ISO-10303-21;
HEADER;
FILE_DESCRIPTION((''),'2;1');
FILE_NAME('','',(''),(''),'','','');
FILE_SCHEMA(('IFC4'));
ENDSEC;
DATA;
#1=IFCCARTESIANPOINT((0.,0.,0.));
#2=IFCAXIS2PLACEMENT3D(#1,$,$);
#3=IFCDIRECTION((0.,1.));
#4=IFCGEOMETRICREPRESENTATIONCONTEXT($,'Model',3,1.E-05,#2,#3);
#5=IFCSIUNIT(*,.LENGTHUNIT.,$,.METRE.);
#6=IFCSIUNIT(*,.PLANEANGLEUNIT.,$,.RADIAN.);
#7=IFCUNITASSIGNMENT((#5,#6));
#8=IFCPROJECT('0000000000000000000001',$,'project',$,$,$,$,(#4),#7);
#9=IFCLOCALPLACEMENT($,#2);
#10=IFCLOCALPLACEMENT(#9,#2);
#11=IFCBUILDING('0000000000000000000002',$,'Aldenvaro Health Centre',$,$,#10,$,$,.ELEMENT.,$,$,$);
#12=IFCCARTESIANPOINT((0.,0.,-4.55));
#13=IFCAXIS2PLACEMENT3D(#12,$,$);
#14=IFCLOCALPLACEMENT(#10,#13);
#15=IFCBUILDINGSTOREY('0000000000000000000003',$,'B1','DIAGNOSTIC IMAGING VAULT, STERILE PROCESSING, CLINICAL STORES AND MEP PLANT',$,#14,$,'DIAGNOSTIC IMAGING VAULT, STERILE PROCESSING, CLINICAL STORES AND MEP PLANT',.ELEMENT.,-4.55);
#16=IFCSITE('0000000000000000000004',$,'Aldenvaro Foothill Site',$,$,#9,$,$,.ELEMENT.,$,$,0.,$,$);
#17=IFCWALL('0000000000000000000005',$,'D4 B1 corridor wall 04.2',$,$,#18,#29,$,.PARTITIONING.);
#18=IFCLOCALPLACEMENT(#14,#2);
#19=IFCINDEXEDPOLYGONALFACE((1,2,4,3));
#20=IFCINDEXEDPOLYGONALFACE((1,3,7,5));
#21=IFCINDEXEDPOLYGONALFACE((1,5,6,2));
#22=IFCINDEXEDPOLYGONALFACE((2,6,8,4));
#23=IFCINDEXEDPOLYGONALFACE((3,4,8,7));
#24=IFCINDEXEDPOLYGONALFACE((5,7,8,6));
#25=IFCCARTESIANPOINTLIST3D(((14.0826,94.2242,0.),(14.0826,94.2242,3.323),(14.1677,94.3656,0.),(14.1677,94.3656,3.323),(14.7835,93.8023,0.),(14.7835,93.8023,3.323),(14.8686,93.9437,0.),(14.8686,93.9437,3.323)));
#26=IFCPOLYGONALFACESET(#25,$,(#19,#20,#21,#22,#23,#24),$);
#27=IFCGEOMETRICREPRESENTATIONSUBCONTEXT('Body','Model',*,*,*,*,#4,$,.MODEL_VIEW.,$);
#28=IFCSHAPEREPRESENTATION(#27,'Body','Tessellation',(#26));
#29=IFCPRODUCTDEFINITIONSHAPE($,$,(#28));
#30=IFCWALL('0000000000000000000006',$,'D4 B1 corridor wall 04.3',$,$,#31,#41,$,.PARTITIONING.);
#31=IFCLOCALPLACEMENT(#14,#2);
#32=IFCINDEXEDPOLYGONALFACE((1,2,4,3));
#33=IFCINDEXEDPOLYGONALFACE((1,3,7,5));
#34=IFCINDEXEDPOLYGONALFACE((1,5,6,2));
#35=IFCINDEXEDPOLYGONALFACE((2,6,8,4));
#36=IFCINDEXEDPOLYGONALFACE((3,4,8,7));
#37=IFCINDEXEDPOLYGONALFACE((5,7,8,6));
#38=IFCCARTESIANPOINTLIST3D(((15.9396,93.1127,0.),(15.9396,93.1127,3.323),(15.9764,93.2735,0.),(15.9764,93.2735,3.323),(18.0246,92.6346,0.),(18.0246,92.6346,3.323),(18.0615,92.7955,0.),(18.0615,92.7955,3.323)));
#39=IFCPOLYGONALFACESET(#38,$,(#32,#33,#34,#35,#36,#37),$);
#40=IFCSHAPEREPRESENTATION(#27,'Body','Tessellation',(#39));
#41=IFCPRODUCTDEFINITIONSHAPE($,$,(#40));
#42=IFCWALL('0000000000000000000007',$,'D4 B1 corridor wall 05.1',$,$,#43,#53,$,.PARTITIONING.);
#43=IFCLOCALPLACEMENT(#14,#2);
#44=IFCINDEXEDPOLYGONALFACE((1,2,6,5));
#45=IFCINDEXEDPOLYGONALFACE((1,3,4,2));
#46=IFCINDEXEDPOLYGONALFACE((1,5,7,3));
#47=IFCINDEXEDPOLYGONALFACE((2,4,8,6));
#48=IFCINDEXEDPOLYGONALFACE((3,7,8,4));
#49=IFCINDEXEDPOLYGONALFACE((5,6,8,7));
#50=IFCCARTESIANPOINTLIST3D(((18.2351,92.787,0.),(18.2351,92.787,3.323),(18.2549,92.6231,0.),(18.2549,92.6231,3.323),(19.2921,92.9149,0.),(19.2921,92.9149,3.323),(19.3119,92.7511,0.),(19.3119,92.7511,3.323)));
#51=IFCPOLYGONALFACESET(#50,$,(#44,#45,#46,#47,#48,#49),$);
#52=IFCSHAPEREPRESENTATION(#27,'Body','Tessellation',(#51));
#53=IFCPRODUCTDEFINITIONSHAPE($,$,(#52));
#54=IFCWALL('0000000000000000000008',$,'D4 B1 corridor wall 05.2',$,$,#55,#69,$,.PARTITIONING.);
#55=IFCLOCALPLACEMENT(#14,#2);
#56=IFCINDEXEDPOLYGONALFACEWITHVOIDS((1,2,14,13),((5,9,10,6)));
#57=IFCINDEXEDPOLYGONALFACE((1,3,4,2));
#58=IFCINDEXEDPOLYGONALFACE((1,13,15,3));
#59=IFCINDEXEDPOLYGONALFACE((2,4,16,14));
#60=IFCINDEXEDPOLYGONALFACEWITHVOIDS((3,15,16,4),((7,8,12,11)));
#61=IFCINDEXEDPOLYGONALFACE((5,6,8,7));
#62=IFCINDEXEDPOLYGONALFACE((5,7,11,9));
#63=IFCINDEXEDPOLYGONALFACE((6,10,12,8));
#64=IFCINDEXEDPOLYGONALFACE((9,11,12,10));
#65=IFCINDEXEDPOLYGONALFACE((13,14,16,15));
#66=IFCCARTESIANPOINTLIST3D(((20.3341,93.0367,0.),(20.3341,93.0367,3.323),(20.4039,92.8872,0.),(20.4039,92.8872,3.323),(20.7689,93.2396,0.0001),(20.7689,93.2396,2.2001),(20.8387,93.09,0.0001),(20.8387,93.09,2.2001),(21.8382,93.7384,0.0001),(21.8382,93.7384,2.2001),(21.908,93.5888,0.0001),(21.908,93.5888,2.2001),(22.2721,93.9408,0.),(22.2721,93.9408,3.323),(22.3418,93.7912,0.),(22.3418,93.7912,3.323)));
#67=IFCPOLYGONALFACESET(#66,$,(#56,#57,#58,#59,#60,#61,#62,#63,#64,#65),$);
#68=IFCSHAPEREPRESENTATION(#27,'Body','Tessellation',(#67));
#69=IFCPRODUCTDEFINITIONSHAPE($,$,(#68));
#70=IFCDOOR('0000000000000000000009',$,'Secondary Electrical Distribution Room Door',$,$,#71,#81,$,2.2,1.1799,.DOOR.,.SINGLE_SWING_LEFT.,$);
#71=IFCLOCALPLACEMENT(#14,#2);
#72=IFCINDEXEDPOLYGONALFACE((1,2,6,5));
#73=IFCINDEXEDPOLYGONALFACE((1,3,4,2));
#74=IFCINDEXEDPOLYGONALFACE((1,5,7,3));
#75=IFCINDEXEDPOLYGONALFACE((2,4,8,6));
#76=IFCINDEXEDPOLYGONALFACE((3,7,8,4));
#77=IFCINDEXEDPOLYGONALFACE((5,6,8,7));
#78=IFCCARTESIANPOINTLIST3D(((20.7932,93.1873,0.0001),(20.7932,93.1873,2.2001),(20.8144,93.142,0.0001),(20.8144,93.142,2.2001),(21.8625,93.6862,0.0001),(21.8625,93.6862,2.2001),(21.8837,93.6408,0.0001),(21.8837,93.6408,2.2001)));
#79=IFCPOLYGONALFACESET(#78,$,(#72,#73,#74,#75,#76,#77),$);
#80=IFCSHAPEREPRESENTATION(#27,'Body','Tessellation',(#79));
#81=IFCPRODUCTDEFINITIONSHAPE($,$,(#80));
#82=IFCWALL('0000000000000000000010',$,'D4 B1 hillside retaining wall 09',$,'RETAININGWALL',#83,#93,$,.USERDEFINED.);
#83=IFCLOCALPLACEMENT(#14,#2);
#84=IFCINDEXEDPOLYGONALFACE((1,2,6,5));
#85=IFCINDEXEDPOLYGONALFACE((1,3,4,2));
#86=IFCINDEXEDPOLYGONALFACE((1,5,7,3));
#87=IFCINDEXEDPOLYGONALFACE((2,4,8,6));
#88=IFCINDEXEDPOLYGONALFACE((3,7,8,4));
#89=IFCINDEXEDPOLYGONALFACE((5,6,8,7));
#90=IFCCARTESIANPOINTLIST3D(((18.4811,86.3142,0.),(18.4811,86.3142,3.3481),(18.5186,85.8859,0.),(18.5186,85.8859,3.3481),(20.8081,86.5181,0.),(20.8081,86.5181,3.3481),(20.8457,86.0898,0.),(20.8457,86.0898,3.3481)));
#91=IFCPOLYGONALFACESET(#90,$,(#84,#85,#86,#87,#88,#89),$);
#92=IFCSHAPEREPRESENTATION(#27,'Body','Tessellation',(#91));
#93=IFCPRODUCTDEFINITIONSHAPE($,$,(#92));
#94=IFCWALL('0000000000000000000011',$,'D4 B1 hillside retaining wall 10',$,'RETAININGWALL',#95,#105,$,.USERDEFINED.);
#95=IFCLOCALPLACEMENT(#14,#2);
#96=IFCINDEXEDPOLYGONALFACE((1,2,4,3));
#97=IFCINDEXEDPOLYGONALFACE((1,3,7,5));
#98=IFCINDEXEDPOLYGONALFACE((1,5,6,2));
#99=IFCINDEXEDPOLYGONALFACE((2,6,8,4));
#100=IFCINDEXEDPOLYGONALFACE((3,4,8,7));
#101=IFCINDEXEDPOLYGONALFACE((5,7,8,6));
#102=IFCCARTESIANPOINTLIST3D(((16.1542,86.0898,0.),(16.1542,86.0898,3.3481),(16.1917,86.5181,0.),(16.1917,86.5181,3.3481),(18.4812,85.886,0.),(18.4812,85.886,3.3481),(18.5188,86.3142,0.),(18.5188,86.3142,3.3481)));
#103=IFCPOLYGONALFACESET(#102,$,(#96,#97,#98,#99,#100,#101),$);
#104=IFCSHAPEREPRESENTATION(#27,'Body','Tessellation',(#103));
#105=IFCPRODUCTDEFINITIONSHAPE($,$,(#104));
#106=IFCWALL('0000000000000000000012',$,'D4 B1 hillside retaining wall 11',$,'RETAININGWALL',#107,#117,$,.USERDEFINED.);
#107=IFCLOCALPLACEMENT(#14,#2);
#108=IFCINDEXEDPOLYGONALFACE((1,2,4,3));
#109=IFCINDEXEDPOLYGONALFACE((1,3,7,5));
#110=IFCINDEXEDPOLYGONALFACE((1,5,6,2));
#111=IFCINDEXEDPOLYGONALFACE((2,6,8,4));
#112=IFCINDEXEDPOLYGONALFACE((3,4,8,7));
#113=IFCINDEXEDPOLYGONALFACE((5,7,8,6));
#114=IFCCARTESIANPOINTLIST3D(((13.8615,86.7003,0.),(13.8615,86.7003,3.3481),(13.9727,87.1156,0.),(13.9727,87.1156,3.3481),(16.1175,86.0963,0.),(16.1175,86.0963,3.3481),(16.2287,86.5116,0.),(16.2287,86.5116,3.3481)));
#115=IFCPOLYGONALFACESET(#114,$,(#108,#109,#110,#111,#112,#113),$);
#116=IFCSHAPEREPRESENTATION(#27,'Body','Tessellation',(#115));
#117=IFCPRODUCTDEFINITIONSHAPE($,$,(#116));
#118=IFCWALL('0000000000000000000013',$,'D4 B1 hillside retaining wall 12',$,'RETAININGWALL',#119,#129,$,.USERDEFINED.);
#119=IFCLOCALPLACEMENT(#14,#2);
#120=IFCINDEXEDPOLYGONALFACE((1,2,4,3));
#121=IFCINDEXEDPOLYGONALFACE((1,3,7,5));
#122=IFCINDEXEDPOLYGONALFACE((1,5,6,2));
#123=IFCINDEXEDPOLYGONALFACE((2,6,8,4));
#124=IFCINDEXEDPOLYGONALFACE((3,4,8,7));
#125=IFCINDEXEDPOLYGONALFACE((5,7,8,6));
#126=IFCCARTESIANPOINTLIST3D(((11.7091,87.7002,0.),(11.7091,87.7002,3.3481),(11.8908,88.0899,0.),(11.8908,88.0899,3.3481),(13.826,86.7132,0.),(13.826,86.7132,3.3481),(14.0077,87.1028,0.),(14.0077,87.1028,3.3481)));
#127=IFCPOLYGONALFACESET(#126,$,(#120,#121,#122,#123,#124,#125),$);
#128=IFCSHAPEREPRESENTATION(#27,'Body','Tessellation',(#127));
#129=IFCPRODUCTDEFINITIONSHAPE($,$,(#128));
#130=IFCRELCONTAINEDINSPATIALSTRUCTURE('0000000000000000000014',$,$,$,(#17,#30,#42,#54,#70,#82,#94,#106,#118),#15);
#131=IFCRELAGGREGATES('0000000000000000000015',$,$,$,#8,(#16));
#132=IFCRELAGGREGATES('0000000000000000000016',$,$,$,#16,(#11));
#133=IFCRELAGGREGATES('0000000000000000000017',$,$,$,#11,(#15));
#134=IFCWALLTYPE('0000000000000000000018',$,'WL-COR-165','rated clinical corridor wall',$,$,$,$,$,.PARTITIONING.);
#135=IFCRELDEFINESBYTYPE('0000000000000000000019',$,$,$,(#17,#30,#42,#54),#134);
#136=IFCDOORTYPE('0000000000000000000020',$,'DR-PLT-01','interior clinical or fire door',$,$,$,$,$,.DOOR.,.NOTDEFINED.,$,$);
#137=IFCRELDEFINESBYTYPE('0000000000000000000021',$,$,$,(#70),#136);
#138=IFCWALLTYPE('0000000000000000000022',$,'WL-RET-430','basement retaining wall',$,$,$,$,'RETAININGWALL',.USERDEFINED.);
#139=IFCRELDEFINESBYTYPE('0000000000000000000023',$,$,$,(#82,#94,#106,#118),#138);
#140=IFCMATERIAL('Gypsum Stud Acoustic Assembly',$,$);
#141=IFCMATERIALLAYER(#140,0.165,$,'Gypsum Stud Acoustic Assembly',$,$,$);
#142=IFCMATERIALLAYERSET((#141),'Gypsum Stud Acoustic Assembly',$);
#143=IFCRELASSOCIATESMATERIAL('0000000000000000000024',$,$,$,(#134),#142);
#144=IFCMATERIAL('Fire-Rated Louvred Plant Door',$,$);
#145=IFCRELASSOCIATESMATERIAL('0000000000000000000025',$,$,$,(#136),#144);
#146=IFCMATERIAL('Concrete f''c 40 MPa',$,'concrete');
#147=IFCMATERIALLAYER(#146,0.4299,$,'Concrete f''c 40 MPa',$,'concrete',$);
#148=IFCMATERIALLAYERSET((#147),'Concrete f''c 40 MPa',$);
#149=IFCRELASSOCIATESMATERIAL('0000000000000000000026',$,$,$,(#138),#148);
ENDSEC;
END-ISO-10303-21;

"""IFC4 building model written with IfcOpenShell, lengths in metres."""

from ifc_helpers import new_model, si_unit, direction, frame, frame_2d, origin, place, context, subcontext, project, spatial, rectangle, extrude, material, layer, layer_set, type_object, element, fill, save


model = new_model("IFC4")

# Units and contexts
model_context = context("Model", 3, precision=1e-05, world=origin(), true_north=direction((0.0, 1.0)))
body_context = subcontext(model_context, "Body", "Model", "MODEL_VIEW")
ifc_project = project(units=[si_unit("LENGTHUNIT", "METRE"), si_unit("PLANEANGLEUNIT", "RADIAN")], contexts=[model_context])

# Site, building, storey
site_placement = place(None, origin())
site = spatial("IfcSite", under=ifc_project, at=site_placement, Name="Aldenvaro Foothill Site", CompositionType="ELEMENT", RefElevation=0.0)
building_placement = place(site_placement, origin())
building = spatial("IfcBuilding", under=site, at=building_placement, Name="Aldenvaro Health Centre", CompositionType="ELEMENT")
storey_placement = place(building_placement, frame((0.0, 0.0, -4.55)))
storey = spatial("IfcBuildingStorey", under=building, at=storey_placement, Name="B1", Description="DIAGNOSTIC IMAGING VAULT, STERILE PROCESSING, CLINICAL STORES AND MEP PLANT", LongName="DIAGNOSTIC IMAGING VAULT, STERILE PROCESSING, CLINICAL STORES AND MEP PLANT", CompositionType="ELEMENT", Elevation=-4.55)

# Shared definitions
ifc_material_1 = material(Name="Concrete f'c 40 MPa", Category="concrete")

# Walls
ifc_material_2 = material(Name="Gypsum Stud Acoustic Assembly")
ifc_layer_1 = layer(ifc_material_2, 0.165, Name="Gypsum Stud Acoustic Assembly")
ifc_layer_set_1 = layer_set([ifc_layer_1], Name="Gypsum Stud Acoustic Assembly")
wall_type_1 = type_object("IfcWallType", Name="WL-COR-165", Description="rated clinical corridor wall", PredefinedType="PARTITIONING", material=ifc_layer_set_1)
wall_1_placement = place(storey_placement, frame((14.125, 94.2949, 0.0), z_axis=(0.0, 0.0, 1.0), x_axis=(0.856781, -0.51568, 0.0)))
element("IfcWall", 1, at=wall_1_placement, inside=storey, type_object=wall_type_1, Name="D4 B1 corridor wall 04.2", PredefinedType="PARTITIONING", context=body_context, shape_type="SweptSolid", body=[
    extrude(rectangle(XDim=0.8181, YDim=0.165, at=frame_2d((0.4092, 0.0))), origin(), (0.0, 0.0, 1.0), 3.323),
])
wall_2_placement = place(storey_placement, frame((15.958, 93.1931, 0.0), z_axis=(0.0, 0.0, 1.0), x_axis=(0.97471, -0.223476, 0.0)))
element("IfcWall", 2, at=wall_2_placement, inside=storey, type_object=wall_type_1, Name="D4 B1 corridor wall 04.3", PredefinedType="PARTITIONING", context=body_context, shape_type="SweptSolid", body=[
    extrude(rectangle(XDim=2.1392, YDim=0.165, at=frame_2d((1.0696, 0.0))), origin(), (0.0, 0.0, 1.0), 3.323),
])
wall_3_placement = place(storey_placement, frame((18.2451, 92.7051, 0.0), z_axis=(0.0, 0.0, 1.0), x_axis=(0.992754, 0.120167, 0.0)))
element("IfcWall", 3, at=wall_3_placement, inside=storey, type_object=wall_type_1, Name="D4 B1 corridor wall 05.1", PredefinedType="PARTITIONING", context=body_context, shape_type="SweptSolid", body=[
    extrude(rectangle(XDim=1.0647, YDim=0.165, at=frame_2d((0.5322, 0.0))), origin(), (0.0, 0.0, 1.0), 3.323),
])

# Wall, opening, door
wall_4_placement = place(storey_placement, frame((20.3689, 92.9619, 0.0), z_axis=(0.0, 0.0, 1.0), x_axis=(0.906244, 0.422754, 0.0)))
wall_4 = element("IfcWall", 4, at=wall_4_placement, inside=storey, type_object=wall_type_1, Name="D4 B1 corridor wall 05.2", PredefinedType="PARTITIONING", context=body_context, shape_type="SweptSolid", body=[
    extrude(rectangle(XDim=2.1384, YDim=0.165, at=frame_2d((1.0693, 0.0))), origin(), (0.0, 0.0, 1.0), 3.323),
])
opening_placement = place(wall_4_placement, frame((0.48, 0.0, 0.0)))
opening = element("IfcOpeningElement", 5, at=opening_placement, cuts=wall_4, PredefinedType="OPENING", context=body_context, shape_type="SweptSolid", body=[
    extrude(rectangle(XDim=1.1799, YDim=2.2, at=frame_2d((0.5898, 1.1001))), frame((0.0, 0.0925, 0.0), z_axis=(0.0, -1.0, 0.0), x_axis=(1.0, 0.0, 0.0)), (0.0, 0.0, 1.0), 0.1851),
])
ifc_material_3 = material(Name="Fire-Rated Louvred Plant Door")
door_type = type_object("IfcDoorType", Name="DR-PLT-01", Description="interior clinical or fire door", OperationType="NOTDEFINED", PredefinedType="DOOR", material=ifc_material_3)
door_placement = place(opening_placement, origin())
door = element("IfcDoor", 6, at=door_placement, inside=storey, type_object=door_type, Name="Secondary Electrical Distribution Room Door", OperationType="SINGLE_SWING_LEFT", OverallHeight=2.2, OverallWidth=1.1799, PredefinedType="DOOR", context=body_context, shape_type="SweptSolid", body=[
    extrude(rectangle(XDim=1.1799, YDim=2.2, at=frame_2d((0.5898, 1.1001))), frame((0.0, 0.0249, 0.0), z_axis=(0.0, -1.0, 0.0), x_axis=(1.0, 0.0, 0.0)), (0.0, 0.0, 1.0), 0.05),
])
fill(opening, door)

# Walls
ifc_layer_2 = layer(ifc_material_1, 0.4299, Name="Concrete f'c 40 MPa", Category="concrete")
ifc_layer_set_2 = layer_set([ifc_layer_2], Name="Concrete f'c 40 MPa")
wall_type_2 = type_object("IfcWallType", Name="WL-RET-430", Description="basement retaining wall", ElementType="RETAININGWALL", PredefinedType="USERDEFINED", material=ifc_layer_set_2)
for number, where, z_axis, x_axis, name in (
    (7, (20.8269, 86.304, 0.0), (0.0, 0.0, 1.0), (-0.996184, -0.087275, 0.0), "D4 B1 hillside retaining wall 09"),
    (8, (18.5, 86.1001, 0.0), (0.0, 0.0, 1.0), (-0.996184, 0.087275, 0.0), "D4 B1 hillside retaining wall 10"),
):
    element("IfcWall", number, at=place(storey_placement, frame(where, z_axis=z_axis, x_axis=x_axis)), inside=storey, type_object=wall_type_2, Name=name, ObjectType="RETAININGWALL", PredefinedType="USERDEFINED", context=body_context, shape_type="SweptSolid", body=[
        extrude(rectangle(XDim=2.3359, YDim=0.4299, at=frame_2d((1.168, 0.0))), origin(), (0.0, 0.0, 1.0), 3.3481),
    ])
wall_5_placement = place(storey_placement, frame((16.1731, 86.304, 0.0), z_axis=(0.0, 0.0, 1.0), x_axis=(-0.965981, 0.258612, 0.0)))
element("IfcWall", 9, at=wall_5_placement, inside=storey, type_object=wall_type_2, Name="D4 B1 hillside retaining wall 11", ObjectType="RETAININGWALL", PredefinedType="USERDEFINED", context=body_context, shape_type="SweptSolid", body=[
    extrude(rectangle(XDim=2.3354, YDim=0.4299, at=frame_2d((1.1677, 0.0))), origin(), (0.0, 0.0, 1.0), 3.3481),
])
wall_6_placement = place(storey_placement, frame((13.917, 86.908, 0.0), z_axis=(0.0, 0.0, 1.0), x_axis=(-0.906322, 0.422588, 0.0)))
element("IfcWall", 10, at=wall_6_placement, inside=storey, type_object=wall_type_2, Name="D4 B1 hillside retaining wall 12", ObjectType="RETAININGWALL", PredefinedType="USERDEFINED", context=body_context, shape_type="SweptSolid", body=[
    extrude(rectangle(XDim=2.3357, YDim=0.4299, at=frame_2d((1.168, 0.0))), origin(), (0.0, 0.0, 1.0), 3.3481),
])

save(model, "model.ifc")
